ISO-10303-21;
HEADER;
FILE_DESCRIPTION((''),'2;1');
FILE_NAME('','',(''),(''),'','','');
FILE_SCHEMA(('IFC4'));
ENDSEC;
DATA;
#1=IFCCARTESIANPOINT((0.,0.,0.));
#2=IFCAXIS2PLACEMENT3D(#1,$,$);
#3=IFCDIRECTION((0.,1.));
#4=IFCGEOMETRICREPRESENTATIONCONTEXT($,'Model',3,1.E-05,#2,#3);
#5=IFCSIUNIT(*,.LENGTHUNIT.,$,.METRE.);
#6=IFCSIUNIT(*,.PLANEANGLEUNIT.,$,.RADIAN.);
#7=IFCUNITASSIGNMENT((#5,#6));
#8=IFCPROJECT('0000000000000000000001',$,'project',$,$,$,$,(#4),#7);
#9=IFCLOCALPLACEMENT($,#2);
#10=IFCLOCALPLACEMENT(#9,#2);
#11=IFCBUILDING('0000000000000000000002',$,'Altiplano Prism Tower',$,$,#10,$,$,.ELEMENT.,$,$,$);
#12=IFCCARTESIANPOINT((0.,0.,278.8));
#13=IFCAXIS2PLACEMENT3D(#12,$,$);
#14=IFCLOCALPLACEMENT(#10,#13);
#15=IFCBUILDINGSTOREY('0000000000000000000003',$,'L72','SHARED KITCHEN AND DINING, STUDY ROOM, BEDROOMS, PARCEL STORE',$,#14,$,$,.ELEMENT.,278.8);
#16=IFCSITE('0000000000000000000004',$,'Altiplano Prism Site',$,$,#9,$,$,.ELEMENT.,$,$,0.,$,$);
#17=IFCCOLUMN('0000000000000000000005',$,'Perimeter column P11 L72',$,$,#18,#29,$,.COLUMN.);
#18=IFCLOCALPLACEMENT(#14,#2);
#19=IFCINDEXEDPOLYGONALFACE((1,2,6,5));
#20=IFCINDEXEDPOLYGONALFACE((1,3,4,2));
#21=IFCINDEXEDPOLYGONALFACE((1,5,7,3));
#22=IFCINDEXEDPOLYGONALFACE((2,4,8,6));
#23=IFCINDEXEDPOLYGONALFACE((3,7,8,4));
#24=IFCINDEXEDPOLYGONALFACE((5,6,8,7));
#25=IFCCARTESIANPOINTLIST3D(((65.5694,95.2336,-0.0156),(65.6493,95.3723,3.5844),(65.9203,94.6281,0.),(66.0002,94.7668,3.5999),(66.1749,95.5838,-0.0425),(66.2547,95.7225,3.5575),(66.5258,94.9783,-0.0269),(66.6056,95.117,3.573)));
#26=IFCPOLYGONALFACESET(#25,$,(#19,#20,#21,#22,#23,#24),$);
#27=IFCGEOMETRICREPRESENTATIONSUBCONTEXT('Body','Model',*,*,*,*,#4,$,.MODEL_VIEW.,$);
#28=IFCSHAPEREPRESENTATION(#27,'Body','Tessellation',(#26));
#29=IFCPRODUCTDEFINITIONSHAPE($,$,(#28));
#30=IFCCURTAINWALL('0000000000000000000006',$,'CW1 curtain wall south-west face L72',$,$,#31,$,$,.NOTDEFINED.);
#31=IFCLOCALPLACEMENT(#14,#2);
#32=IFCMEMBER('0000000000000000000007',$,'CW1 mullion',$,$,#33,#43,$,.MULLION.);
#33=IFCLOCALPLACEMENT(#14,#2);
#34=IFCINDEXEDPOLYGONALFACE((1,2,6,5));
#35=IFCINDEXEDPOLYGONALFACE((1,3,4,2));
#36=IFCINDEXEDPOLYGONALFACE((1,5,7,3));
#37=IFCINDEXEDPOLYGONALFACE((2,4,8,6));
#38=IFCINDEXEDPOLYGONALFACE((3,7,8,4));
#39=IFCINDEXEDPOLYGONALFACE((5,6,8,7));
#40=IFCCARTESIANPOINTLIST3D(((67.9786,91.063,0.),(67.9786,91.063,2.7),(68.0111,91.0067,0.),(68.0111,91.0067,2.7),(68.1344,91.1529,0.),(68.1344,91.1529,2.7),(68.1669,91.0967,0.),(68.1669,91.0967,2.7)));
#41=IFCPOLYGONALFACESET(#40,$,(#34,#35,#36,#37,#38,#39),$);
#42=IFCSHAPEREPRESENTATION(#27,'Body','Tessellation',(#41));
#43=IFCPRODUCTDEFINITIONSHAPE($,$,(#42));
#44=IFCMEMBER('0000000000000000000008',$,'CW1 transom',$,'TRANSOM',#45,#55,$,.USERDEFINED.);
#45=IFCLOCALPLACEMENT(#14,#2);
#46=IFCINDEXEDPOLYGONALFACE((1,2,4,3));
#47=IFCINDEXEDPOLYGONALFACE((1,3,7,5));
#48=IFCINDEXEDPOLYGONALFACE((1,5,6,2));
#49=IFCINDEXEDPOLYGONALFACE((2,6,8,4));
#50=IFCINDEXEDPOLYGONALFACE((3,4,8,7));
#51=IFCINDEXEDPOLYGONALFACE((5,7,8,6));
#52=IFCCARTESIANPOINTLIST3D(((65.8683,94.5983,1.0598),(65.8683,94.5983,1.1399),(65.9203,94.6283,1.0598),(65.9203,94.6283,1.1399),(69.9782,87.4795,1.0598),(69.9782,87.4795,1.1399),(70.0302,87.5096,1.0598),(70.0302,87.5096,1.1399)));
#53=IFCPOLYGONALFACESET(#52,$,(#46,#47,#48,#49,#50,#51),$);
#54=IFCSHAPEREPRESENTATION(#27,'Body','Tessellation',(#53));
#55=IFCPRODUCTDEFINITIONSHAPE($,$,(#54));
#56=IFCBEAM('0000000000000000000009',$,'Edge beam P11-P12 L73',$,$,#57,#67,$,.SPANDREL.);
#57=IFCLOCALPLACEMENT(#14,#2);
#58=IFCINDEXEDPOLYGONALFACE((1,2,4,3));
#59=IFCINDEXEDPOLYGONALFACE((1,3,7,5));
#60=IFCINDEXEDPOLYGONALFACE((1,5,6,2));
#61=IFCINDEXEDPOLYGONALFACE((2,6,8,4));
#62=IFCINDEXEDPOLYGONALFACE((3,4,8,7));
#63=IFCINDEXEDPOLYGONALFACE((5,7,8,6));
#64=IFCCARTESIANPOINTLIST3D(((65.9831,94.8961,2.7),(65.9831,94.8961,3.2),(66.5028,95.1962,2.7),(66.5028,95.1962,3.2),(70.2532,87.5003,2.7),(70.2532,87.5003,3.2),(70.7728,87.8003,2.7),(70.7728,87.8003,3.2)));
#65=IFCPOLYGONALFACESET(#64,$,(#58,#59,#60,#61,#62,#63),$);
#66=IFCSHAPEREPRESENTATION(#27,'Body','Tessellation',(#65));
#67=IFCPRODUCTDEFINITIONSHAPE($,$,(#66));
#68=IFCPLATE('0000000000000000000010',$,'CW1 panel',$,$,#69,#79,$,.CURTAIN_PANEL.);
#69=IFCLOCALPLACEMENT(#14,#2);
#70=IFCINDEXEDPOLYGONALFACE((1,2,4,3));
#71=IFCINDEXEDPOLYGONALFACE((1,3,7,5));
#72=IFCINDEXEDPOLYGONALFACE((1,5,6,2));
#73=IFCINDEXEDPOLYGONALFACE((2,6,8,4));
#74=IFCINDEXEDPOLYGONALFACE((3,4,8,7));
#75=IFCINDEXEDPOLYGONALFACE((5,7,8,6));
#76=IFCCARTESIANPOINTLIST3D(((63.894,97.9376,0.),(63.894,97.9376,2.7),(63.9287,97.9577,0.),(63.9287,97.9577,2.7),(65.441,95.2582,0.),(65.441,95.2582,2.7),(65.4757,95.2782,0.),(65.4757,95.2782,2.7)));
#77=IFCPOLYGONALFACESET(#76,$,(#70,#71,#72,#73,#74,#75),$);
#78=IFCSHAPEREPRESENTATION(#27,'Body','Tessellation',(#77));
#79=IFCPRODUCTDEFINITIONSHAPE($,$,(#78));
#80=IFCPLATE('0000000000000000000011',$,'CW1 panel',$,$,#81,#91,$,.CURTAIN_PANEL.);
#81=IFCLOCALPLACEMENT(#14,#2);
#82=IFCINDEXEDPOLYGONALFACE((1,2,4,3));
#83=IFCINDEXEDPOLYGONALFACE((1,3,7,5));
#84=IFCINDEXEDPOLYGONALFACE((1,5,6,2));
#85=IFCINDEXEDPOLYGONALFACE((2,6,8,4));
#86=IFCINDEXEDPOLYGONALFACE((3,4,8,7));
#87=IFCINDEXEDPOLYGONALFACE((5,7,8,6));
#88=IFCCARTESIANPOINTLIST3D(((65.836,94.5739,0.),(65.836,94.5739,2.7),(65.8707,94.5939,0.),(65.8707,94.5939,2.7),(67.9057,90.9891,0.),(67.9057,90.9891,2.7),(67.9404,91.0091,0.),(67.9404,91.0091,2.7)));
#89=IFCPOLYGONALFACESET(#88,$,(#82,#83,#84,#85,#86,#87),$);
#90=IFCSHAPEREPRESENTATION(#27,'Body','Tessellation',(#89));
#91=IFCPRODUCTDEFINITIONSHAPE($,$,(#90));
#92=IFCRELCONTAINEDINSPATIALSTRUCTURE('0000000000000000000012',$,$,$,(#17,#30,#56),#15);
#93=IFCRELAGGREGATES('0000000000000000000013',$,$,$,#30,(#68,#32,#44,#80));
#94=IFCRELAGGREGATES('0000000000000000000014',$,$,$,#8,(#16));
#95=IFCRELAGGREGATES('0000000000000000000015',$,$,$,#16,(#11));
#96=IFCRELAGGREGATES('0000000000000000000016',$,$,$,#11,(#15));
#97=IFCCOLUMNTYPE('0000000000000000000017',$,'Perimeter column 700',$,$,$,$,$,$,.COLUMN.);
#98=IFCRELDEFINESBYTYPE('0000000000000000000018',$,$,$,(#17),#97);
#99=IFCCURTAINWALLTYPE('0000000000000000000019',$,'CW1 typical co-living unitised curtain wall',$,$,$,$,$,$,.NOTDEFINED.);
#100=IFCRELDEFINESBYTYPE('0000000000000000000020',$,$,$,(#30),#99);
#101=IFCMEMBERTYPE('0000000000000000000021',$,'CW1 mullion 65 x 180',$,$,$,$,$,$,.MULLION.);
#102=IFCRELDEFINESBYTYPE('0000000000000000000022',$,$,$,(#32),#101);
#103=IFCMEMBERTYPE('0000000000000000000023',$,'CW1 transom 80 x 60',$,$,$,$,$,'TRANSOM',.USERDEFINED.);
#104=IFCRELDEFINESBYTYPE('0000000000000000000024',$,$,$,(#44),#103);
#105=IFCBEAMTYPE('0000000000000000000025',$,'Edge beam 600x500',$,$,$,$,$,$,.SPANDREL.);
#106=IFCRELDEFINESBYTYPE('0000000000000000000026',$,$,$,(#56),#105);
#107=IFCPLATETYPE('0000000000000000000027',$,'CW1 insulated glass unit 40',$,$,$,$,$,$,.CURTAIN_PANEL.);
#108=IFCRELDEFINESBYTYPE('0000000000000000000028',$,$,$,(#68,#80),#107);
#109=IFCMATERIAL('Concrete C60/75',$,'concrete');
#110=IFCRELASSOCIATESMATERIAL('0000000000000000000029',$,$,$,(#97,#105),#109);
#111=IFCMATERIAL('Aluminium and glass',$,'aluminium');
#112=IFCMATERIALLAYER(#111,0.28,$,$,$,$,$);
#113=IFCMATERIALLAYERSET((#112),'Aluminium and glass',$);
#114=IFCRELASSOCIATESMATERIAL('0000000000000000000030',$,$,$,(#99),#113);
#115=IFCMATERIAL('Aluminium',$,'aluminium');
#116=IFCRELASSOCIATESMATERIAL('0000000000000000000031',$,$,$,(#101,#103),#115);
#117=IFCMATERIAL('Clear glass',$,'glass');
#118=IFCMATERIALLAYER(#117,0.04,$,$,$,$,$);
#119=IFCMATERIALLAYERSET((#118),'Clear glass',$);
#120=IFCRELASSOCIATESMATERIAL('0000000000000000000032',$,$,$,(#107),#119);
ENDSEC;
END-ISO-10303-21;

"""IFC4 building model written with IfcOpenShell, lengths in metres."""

from ifc_helpers import new_model, si_unit, direction, frame, origin, origin_2d, place, context, subcontext, project, spatial, rectangle, extrude, material, layer, layer_set, material_profile, profile_set, type_object, element, aggregate, save


model = new_model("IFC4")

# Units and contexts
model_context = context("Model", 3, precision=1e-05, world=origin(), true_north=direction((0.0, 1.0)))
body_context = subcontext(model_context, "Body", "Model", "MODEL_VIEW")
ifc_project = project(units=[si_unit("LENGTHUNIT", "METRE"), si_unit("PLANEANGLEUNIT", "RADIAN")], contexts=[model_context])

# Site, building, storey
site_placement = place(None, origin())
site = spatial("IfcSite", under=ifc_project, at=site_placement, Name="Altiplano Prism Site", CompositionType="ELEMENT", RefElevation=0.0)
building_placement = place(site_placement, origin())
building = spatial("IfcBuilding", under=site, at=building_placement, Name="Altiplano Prism Tower", CompositionType="ELEMENT")
storey_placement = place(building_placement, frame((0.0, 0.0, 278.8)))
storey = spatial("IfcBuildingStorey", under=building, at=storey_placement, Name="L72", Description="SHARED KITCHEN AND DINING, STUDY ROOM, BEDROOMS, PARCEL STORE", CompositionType="ELEMENT", Elevation=278.8)

# Column
ifc_material_1 = material(Name="Concrete C60/75", Category="concrete")
ifc_material_profile_1 = material_profile(ifc_material_1, rectangle(XDim=0.7, YDim=0.7, at=origin_2d()), Name="Perimeter column 700")
ifc_profile_set_1 = profile_set([ifc_material_profile_1], Name="Concrete C60/75")
column_type = type_object("IfcColumnType", Name="Perimeter column 700", PredefinedType="COLUMN", material=ifc_profile_set_1)
column_placement = place(storey_placement, frame((66.0476, 95.106, -0.0212), z_axis=(0.022155, 0.038484, 0.999014), x_axis=(-0.864982, -0.500327, 0.038456)))
element("IfcColumn", 1, at=column_placement, inside=storey, type_object=column_type, Name="Perimeter column P11 L72", PredefinedType="COLUMN", context=body_context, shape_type="SweptSolid", body=[
    extrude(rectangle(XDim=0.7, YDim=0.7, at=origin_2d()), origin(), (0.0, 0.0, 1.0), 3.6035),
])

# Curtain wall, members
ifc_material_2 = material(Name="Aluminium and glass", Category="aluminium")
ifc_layer_1 = layer(ifc_material_2, 0.28)
ifc_layer_set_1 = layer_set([ifc_layer_1], Name="Aluminium and glass")
curtain_wall_type = type_object("IfcCurtainWallType", Name="CW1 typical co-living unitised curtain wall", PredefinedType="NOTDEFINED", material=ifc_layer_set_1)
curtain_wall_placement = place(storey_placement, origin())
curtain_wall = element("IfcCurtainWall", 2, at=curtain_wall_placement, inside=storey, type_object=curtain_wall_type, Name="CW1 curtain wall south-west face L72", PredefinedType="NOTDEFINED")
ifc_material_3 = material(Name="Aluminium", Category="aluminium")
ifc_material_profile_2 = material_profile(ifc_material_3, rectangle(XDim=0.1799, YDim=0.0649, at=origin_2d()), Name="CW1 mullion 65 x 180")
ifc_profile_set_2 = profile_set([ifc_material_profile_2], Name="Aluminium")
member_type_1 = type_object("IfcMemberType", Name="CW1 mullion 65 x 180", PredefinedType="MULLION", material=ifc_profile_set_2)
member_1_placement = place(storey_placement, frame((68.0728, 91.0798, 0.0), z_axis=(0.0, 0.0, 1.0), x_axis=(0.866025, 0.5, 0.0)))
member_1 = element("IfcMember", 3, at=member_1_placement, type_object=member_type_1, Name="CW1 mullion", PredefinedType="MULLION", context=body_context, shape_type="SweptSolid", body=[
    extrude(rectangle(XDim=0.1799, YDim=0.0649, at=origin_2d()), origin(), (0.0, 0.0, 1.0), 2.7),
])
ifc_material_profile_3 = material_profile(ifc_material_3, rectangle(XDim=0.0601, YDim=0.0801, at=origin_2d()), Name="CW1 transom 80 x 60")
ifc_profile_set_3 = profile_set([ifc_material_profile_3], Name="Aluminium")
member_type_2 = type_object("IfcMemberType", Name="CW1 transom 80 x 60", ElementType="TRANSOM", PredefinedType="USERDEFINED", material=ifc_profile_set_3)
member_2_placement = place(storey_placement, frame((65.8943, 94.6133, 1.0999), z_axis=(0.499992, -0.86603, 0.0), x_axis=(0.86603, 0.499992, 0.0)))
member_2 = element("IfcMember", 4, at=member_2_placement, type_object=member_type_2, Name="CW1 transom", ObjectType="TRANSOM", PredefinedType="USERDEFINED", context=body_context, shape_type="SweptSolid", body=[
    extrude(rectangle(XDim=0.0601, YDim=0.0801, at=origin_2d()), origin(), (0.0, 0.0, 1.0), 8.22),
])

# Beam
ifc_material_profile_4 = material_profile(ifc_material_1, rectangle(XDim=0.6001, YDim=0.5, at=origin_2d()), Name="Edge beam 600x500")
ifc_profile_set_4 = profile_set([ifc_material_profile_4], Name="Concrete C60/75")
beam_type = type_object("IfcBeamType", Name="Edge beam 600x500", PredefinedType="SPANDREL", material=ifc_profile_set_4)
beam_placement = place(storey_placement, frame((66.2429, 95.0461, 2.95), z_axis=(0.500007, -0.866021, 0.0), x_axis=(0.866021, 0.500007, 0.0)))
element("IfcBeam", 5, at=beam_placement, inside=storey, type_object=beam_type, Name="Edge beam P11-P12 L73", PredefinedType="SPANDREL", context=body_context, shape_type="SweptSolid", body=[
    extrude(rectangle(XDim=0.6001, YDim=0.5, at=origin_2d()), origin(), (0.0, 0.0, 1.0), 8.54),
])

# Plates
ifc_material_4 = material(Name="Clear glass", Category="glass")
ifc_layer_2 = layer(ifc_material_4, 0.04)
ifc_layer_set_2 = layer_set([ifc_layer_2], Name="Clear glass")
plate_type = type_object("IfcPlateType", Name="CW1 insulated glass unit 40", PredefinedType="CURTAIN_PANEL", material=ifc_layer_set_2)
plate_1_placement = place(storey_placement, frame((64.6848, 96.6079, 0.0), z_axis=(0.0, 0.0, 1.0), x_axis=(0.5, -0.866025, 0.0)))
plate_1 = element("IfcPlate", 6, at=plate_1_placement, type_object=plate_type, Name="CW1 panel", PredefinedType="CURTAIN_PANEL", context=body_context, shape_type="SweptSolid", body=[
    extrude(rectangle(XDim=3.094, YDim=0.04, at=origin_2d()), origin(), (0.0, 0.0, 1.0), 2.7),
])
plate_2_placement = place(storey_placement, frame((66.8882, 92.7915, 0.0), z_axis=(0.0, 0.0, 1.0), x_axis=(0.5, -0.866025, 0.0)))
plate_2 = element("IfcPlate", 7, at=plate_2_placement, type_object=plate_type, Name="CW1 panel", PredefinedType="CURTAIN_PANEL", context=body_context, shape_type="SweptSolid", body=[
    extrude(rectangle(XDim=4.1394, YDim=0.04, at=origin_2d()), origin(), (0.0, 0.0, 1.0), 2.7),
])
aggregate(curtain_wall, [plate_1, member_1, member_2, plate_2])

save(model, "model.ifc")
